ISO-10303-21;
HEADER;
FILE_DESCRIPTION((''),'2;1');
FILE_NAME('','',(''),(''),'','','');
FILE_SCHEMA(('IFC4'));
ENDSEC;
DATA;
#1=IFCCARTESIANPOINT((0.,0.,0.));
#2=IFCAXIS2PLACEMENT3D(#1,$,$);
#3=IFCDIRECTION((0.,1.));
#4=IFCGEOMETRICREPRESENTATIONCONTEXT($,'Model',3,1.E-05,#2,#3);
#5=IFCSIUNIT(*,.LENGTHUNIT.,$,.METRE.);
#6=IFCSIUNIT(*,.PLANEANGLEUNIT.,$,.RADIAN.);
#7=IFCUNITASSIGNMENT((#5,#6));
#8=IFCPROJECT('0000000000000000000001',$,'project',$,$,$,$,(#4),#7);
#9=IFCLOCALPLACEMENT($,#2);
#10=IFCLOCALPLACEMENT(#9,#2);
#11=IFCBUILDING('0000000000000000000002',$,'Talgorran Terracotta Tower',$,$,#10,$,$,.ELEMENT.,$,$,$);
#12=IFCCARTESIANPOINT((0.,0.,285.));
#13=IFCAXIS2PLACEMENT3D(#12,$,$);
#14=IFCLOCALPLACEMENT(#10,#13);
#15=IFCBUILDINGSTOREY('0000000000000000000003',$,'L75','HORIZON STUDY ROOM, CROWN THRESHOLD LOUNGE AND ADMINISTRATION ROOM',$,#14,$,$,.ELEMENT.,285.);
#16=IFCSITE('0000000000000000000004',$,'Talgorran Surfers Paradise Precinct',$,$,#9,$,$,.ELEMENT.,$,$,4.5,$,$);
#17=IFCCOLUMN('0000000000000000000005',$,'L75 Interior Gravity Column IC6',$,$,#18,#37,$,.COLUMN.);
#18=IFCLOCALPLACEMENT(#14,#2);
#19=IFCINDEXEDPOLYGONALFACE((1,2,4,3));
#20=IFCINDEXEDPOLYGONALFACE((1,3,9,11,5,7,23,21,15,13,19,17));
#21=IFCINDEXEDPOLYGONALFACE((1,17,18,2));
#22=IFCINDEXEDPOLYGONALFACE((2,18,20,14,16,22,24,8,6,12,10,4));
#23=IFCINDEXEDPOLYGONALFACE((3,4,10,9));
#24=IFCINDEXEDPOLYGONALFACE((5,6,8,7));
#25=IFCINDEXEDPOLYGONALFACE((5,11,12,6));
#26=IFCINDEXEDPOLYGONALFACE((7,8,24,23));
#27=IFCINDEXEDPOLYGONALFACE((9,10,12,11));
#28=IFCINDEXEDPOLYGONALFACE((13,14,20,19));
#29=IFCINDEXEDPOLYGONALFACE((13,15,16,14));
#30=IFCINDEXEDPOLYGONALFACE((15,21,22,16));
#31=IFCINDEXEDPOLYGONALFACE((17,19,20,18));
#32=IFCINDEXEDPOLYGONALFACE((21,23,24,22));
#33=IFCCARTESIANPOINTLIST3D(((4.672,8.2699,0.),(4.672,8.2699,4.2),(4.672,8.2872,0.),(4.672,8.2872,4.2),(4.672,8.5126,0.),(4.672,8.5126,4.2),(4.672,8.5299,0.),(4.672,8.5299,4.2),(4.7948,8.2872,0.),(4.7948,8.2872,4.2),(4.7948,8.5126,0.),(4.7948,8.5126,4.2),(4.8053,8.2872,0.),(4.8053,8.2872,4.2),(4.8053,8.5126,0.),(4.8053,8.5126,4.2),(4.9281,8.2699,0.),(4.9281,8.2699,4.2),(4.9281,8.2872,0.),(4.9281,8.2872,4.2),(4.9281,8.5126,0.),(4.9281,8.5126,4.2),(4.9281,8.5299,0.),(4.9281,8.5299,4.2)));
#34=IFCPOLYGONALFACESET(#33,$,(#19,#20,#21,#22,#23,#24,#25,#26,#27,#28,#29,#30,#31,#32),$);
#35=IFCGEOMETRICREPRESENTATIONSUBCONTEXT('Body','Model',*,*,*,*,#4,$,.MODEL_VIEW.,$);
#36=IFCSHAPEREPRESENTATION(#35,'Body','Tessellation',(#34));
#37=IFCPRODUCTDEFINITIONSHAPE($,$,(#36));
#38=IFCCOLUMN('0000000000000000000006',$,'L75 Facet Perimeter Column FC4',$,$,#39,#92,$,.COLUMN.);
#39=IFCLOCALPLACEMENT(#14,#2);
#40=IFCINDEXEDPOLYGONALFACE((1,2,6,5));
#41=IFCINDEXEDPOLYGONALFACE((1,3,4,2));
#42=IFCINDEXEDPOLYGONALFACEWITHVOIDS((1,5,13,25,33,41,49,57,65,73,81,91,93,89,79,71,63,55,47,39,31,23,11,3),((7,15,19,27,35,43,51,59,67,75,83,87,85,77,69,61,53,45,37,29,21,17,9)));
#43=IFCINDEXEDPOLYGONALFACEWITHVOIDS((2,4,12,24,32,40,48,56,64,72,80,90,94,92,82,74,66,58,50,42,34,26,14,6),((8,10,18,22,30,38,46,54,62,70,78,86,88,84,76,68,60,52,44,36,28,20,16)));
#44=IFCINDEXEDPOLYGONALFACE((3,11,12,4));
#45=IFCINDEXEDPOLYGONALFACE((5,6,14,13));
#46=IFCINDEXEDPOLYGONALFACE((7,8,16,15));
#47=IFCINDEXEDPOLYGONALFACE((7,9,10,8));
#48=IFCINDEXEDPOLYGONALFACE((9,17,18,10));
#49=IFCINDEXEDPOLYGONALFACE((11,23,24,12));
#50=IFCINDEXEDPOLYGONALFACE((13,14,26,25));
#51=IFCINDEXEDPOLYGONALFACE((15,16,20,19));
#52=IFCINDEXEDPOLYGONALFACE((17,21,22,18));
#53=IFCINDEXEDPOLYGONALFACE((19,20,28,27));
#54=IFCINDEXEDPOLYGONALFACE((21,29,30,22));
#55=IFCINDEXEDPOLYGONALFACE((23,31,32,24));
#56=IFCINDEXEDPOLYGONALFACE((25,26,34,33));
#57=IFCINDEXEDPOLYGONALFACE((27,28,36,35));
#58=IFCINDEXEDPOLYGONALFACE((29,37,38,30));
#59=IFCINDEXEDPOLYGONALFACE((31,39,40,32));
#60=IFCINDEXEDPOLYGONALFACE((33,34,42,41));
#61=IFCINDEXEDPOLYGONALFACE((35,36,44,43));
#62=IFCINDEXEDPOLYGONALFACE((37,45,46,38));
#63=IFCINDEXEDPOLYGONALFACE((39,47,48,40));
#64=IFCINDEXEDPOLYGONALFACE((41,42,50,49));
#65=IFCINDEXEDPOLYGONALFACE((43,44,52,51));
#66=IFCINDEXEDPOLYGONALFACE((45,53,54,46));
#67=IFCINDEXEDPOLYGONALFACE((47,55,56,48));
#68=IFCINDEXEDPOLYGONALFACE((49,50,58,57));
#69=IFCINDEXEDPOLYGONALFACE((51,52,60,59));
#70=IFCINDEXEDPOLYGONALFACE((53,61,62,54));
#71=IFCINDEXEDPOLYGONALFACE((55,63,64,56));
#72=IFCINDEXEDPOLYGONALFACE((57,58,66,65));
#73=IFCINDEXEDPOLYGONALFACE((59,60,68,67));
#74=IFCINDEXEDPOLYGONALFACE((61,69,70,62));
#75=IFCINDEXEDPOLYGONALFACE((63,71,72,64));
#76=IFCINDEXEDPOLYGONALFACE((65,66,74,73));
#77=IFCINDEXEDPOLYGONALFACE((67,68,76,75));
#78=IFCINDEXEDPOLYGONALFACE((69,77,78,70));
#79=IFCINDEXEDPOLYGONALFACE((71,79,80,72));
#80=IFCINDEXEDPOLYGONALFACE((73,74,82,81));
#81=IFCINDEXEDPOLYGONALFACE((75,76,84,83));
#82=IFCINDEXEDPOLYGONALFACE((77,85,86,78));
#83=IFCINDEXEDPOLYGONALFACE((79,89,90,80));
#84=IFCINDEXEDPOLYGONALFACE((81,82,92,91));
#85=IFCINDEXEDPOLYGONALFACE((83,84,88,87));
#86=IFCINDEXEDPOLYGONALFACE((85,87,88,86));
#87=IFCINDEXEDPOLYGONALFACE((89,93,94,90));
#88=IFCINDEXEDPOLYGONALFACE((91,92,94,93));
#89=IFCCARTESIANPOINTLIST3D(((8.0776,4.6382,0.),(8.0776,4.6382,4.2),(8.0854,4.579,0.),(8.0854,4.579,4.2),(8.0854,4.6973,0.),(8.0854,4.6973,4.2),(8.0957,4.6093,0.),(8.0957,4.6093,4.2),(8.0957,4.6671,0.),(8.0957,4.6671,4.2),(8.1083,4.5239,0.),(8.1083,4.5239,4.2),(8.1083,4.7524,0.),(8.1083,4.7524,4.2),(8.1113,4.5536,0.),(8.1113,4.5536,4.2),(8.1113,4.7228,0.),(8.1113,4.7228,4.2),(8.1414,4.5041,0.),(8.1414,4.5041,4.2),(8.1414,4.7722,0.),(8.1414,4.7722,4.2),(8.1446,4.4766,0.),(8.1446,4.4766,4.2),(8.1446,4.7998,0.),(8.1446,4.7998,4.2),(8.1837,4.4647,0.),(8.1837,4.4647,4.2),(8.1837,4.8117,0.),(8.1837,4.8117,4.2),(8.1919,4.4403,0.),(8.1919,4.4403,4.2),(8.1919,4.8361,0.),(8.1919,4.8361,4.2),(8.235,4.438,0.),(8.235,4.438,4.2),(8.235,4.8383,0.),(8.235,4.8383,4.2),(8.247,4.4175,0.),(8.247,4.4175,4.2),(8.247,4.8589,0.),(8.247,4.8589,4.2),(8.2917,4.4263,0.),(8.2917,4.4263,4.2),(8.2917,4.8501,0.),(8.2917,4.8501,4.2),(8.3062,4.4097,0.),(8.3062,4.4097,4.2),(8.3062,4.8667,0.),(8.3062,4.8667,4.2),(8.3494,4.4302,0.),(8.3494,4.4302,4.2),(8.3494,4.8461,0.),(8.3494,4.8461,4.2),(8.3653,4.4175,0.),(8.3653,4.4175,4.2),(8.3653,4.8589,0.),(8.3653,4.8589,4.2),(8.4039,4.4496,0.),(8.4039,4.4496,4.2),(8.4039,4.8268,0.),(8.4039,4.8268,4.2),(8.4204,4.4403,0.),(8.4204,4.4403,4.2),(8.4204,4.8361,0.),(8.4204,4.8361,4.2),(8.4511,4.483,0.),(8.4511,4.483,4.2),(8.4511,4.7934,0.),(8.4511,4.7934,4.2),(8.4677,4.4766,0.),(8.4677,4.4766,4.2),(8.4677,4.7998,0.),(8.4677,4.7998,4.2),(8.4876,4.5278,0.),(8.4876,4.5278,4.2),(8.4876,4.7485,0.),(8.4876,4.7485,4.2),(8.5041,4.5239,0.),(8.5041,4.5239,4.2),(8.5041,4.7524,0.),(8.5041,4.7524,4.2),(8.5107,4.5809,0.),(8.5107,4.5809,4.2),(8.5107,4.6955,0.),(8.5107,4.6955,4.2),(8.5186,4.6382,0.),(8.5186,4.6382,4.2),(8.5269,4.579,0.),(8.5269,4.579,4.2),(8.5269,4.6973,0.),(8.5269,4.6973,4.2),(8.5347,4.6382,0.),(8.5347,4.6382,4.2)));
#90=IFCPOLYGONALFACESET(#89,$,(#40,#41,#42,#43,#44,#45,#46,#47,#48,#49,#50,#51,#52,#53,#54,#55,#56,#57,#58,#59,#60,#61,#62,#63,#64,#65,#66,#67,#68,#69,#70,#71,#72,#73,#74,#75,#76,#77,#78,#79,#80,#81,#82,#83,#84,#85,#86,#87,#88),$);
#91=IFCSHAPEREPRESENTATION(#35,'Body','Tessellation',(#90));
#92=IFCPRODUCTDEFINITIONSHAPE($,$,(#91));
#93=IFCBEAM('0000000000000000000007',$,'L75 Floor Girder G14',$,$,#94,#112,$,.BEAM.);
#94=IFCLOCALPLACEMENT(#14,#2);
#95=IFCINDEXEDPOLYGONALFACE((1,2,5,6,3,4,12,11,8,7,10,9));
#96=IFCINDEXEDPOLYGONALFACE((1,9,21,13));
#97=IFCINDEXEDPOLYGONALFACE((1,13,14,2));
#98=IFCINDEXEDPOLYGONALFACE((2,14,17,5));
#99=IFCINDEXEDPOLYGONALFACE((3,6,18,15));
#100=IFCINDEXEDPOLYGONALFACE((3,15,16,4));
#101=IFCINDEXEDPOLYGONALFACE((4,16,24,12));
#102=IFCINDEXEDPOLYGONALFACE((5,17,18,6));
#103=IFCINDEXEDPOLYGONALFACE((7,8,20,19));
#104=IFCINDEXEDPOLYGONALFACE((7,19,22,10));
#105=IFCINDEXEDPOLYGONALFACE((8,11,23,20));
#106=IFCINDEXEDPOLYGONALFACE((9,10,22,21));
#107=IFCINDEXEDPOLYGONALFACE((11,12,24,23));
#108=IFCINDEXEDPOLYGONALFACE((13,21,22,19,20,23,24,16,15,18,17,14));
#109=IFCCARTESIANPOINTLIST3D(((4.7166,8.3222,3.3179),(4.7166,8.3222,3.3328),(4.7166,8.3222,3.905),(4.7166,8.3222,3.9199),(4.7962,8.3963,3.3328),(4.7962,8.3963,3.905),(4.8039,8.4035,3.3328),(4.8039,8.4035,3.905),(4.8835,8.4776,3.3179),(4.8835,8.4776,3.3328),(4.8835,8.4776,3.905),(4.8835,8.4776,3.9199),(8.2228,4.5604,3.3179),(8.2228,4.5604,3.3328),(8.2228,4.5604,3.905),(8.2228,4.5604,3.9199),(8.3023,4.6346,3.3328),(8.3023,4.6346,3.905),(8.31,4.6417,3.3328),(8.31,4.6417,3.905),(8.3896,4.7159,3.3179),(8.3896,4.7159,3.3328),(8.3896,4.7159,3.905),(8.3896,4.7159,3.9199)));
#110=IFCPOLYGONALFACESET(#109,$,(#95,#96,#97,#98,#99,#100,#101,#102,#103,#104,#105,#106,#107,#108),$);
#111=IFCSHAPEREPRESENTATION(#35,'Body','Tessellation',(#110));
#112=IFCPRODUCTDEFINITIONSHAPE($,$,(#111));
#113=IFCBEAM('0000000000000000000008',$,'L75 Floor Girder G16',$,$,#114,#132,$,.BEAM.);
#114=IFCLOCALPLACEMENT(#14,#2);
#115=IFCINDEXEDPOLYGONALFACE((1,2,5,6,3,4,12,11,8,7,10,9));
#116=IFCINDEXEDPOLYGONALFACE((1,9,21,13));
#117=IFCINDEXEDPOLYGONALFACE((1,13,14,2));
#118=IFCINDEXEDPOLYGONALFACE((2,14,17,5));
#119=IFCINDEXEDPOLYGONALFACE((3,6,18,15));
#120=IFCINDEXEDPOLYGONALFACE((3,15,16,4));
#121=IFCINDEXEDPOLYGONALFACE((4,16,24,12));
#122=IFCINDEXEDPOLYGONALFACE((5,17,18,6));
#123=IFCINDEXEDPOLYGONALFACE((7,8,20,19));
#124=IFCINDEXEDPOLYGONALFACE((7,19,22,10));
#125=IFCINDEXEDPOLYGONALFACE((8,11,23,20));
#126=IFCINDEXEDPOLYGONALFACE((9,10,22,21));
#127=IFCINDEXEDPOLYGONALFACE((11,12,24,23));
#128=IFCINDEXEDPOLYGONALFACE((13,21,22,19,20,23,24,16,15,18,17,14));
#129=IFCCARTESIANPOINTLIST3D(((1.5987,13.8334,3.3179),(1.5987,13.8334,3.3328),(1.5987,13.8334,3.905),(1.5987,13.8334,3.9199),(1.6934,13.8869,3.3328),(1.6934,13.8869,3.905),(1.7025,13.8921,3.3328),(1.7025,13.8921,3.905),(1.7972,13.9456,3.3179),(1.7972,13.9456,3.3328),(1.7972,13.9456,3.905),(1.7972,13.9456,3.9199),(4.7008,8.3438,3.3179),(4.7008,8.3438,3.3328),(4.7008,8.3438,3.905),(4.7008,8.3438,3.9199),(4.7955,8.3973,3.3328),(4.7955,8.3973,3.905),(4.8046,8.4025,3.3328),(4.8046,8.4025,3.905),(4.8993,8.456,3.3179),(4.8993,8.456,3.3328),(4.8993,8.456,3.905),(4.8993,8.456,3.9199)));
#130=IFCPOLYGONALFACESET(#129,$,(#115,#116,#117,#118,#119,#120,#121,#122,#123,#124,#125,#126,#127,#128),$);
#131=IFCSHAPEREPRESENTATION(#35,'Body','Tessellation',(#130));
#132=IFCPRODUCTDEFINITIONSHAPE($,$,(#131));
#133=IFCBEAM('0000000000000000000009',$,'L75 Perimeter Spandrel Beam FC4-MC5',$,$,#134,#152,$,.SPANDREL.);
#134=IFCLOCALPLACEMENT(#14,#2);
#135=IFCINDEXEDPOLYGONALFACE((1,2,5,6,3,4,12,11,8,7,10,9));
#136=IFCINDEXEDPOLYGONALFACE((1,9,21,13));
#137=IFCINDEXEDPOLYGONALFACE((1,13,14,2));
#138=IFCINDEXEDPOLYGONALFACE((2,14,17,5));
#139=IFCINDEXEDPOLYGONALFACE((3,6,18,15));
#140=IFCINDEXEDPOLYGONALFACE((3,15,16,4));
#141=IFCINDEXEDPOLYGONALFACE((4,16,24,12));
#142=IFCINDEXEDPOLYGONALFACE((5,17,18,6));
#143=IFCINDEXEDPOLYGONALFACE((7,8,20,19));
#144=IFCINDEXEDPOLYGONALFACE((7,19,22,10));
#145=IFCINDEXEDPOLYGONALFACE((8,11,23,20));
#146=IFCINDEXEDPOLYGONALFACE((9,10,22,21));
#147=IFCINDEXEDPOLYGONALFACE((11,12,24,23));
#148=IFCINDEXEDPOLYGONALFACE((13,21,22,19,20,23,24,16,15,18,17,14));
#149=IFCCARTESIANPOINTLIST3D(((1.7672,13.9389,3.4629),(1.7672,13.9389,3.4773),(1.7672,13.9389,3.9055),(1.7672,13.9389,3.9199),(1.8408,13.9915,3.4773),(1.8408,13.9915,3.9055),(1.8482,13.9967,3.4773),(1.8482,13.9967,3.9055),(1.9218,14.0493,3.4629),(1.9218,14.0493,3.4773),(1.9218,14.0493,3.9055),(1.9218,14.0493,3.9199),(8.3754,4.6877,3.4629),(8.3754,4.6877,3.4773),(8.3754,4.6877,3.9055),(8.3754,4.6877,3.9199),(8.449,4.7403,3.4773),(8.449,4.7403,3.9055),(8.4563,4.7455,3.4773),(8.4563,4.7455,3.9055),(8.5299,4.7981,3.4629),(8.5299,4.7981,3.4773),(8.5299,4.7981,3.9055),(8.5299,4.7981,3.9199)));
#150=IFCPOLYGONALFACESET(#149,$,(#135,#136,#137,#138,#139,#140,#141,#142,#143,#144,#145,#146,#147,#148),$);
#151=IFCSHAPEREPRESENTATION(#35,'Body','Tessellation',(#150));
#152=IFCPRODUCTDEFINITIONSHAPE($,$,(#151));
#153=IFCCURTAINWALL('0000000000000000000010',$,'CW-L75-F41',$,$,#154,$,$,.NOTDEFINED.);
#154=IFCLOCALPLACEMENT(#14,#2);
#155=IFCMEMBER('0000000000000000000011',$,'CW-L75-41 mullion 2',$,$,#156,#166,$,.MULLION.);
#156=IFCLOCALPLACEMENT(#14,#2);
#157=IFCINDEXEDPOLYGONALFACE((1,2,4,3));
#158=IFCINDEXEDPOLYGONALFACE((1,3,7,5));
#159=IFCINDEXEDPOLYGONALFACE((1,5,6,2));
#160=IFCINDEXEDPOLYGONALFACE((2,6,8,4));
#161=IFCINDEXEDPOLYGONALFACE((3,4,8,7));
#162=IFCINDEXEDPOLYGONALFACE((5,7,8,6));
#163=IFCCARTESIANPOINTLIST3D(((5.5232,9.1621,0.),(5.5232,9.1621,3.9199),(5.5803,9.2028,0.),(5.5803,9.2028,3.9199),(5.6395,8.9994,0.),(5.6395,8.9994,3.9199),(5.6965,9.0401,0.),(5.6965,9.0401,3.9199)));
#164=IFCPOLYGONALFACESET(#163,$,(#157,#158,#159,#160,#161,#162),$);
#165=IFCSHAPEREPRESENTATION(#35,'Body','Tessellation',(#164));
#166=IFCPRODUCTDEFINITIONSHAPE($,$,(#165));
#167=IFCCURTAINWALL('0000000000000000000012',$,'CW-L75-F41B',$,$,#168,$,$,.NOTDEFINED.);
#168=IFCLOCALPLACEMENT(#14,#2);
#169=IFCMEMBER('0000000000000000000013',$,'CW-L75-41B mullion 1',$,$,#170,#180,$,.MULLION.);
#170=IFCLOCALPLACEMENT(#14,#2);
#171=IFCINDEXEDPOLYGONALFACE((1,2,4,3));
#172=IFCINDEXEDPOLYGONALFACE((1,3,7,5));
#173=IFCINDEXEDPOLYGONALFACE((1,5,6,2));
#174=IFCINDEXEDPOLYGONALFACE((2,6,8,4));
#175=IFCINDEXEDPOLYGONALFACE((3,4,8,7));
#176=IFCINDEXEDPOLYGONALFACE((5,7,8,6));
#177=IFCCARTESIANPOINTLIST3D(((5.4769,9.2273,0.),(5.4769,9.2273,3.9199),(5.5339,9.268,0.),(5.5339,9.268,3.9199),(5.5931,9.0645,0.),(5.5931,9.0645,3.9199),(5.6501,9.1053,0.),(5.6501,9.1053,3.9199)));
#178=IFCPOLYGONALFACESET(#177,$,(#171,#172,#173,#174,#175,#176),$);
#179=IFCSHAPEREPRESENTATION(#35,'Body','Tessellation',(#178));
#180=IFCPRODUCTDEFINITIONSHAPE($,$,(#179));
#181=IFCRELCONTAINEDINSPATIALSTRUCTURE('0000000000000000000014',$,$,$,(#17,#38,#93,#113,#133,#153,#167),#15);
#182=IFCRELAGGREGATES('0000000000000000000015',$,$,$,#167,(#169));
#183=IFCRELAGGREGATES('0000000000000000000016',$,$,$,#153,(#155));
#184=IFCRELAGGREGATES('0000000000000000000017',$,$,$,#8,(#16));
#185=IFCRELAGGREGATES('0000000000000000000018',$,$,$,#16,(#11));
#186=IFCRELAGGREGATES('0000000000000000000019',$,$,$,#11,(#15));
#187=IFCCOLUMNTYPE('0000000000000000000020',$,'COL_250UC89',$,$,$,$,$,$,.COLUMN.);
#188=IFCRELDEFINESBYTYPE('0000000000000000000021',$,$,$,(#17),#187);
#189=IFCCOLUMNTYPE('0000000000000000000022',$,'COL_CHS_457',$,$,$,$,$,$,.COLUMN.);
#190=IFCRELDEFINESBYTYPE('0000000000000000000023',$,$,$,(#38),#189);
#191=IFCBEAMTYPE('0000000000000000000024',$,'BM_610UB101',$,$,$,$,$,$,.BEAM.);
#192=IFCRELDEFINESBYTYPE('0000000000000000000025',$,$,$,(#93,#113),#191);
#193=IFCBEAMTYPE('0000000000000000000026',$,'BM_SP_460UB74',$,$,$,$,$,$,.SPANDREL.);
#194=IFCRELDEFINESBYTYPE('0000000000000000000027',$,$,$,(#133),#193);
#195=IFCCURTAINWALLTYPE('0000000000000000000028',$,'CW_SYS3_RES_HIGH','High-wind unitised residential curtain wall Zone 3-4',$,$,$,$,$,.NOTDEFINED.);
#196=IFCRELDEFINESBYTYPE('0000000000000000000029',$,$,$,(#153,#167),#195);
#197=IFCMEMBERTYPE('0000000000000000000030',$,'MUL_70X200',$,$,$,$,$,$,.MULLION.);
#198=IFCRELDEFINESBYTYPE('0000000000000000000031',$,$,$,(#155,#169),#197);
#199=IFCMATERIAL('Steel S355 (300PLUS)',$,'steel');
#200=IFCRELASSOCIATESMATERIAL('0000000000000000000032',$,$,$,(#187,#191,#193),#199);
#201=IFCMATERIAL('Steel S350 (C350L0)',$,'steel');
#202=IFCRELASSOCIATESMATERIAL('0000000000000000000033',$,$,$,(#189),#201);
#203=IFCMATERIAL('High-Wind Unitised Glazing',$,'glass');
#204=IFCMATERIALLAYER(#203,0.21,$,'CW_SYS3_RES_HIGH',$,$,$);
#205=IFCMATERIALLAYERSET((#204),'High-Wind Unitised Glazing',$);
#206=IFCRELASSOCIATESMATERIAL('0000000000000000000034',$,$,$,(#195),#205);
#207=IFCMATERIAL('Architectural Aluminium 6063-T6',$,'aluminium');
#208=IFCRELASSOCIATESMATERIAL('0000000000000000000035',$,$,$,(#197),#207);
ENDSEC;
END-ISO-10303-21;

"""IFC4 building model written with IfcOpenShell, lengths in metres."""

from ifc_helpers import new_model, si_unit, direction, frame, origin, origin_2d, place, context, subcontext, project, spatial, rectangle, hollow_circle, i_section, extrude, material, layer, layer_set, material_profile, profile_set, type_object, element, aggregate, save


model = new_model("IFC4")

# Units and contexts
model_context = context("Model", 3, precision=1e-05, world=origin(), true_north=direction((0.0, 1.0)))
body_context = subcontext(model_context, "Body", "Model", "MODEL_VIEW")
ifc_project = project(units=[si_unit("LENGTHUNIT", "METRE"), si_unit("PLANEANGLEUNIT", "RADIAN")], contexts=[model_context])

# Site, building, storey
site_placement = place(None, origin())
site = spatial("IfcSite", under=ifc_project, at=site_placement, Name="Talgorran Surfers Paradise Precinct", CompositionType="ELEMENT", RefElevation=4.5)
building_placement = place(site_placement, origin())
building = spatial("IfcBuilding", under=site, at=building_placement, Name="Talgorran Terracotta Tower", CompositionType="ELEMENT")
storey_placement = place(building_placement, frame((0.0, 0.0, 285.0)))
storey = spatial("IfcBuildingStorey", under=building, at=storey_placement, Name="L75", Description="HORIZON STUDY ROOM, CROWN THRESHOLD LOUNGE AND ADMINISTRATION ROOM", CompositionType="ELEMENT", Elevation=285.0)

# Columns
ifc_material_1 = material(Name="Steel S355 (300PLUS)", Category="steel")
ifc_material_profile_1 = material_profile(ifc_material_1, i_section(OverallWidth=0.2561, OverallDepth=0.26, WebThickness=0.0105, FlangeThickness=0.0173, at=origin_2d()), Name="250UC89.5")
ifc_profile_set_1 = profile_set([ifc_material_profile_1], Name="Steel S355 (300PLUS)")
column_type_1 = type_object("IfcColumnType", Name="COL_250UC89", PredefinedType="COLUMN", material=ifc_profile_set_1)
column_1_placement = place(storey_placement, frame((4.8, 8.3999, 0.0), z_axis=(0.0, 0.0, 1.0), x_axis=(1.0, 0.0, 0.0)))
element("IfcColumn", 1, at=column_1_placement, inside=storey, type_object=column_type_1, Name="L75 Interior Gravity Column IC6", PredefinedType="COLUMN", context=body_context, shape_type="SweptSolid", body=[
    extrude(i_section(OverallWidth=0.2561, OverallDepth=0.26, WebThickness=0.0105, FlangeThickness=0.0173, at=origin_2d()), origin(), (0.0, 0.0, 1.0), 4.2),
])
ifc_material_2 = material(Name="Steel S350 (C350L0)", Category="steel")
ifc_material_profile_2 = material_profile(ifc_material_2, hollow_circle(Radius=0.2285, WallThickness=0.0161, at=origin_2d()), Name="CHS457X16")
ifc_profile_set_2 = profile_set([ifc_material_profile_2], Name="Steel S350 (C350L0)")
column_type_2 = type_object("IfcColumnType", Name="COL_CHS_457", PredefinedType="COLUMN", material=ifc_profile_set_2)
column_2_placement = place(storey_placement, frame((8.3062, 4.6382, 0.0), z_axis=(0.0, 0.0, 1.0), x_axis=(1.0, 0.0, 0.0)))
element("IfcColumn", 2, at=column_2_placement, inside=storey, type_object=column_type_2, Name="L75 Facet Perimeter Column FC4", PredefinedType="COLUMN", context=body_context, shape_type="SweptSolid", body=[
    extrude(hollow_circle(Radius=0.2285, WallThickness=0.0161, at=origin_2d()), origin(), (0.0, 0.0, 1.0), 4.2),
])

# Beams
ifc_material_profile_3 = material_profile(ifc_material_1, i_section(OverallWidth=0.228, OverallDepth=0.6021, WebThickness=0.0105, FlangeThickness=0.0149, at=origin_2d()), Name="610UB101")
ifc_profile_set_3 = profile_set([ifc_material_profile_3], Name="Steel S355 (300PLUS)")
beam_type_1 = type_object("IfcBeamType", Name="BM_610UB101", PredefinedType="BEAM", material=ifc_profile_set_3)
beam_1_placement = place(storey_placement, frame((4.8, 8.3999, 3.6189), z_axis=(0.681816, -0.731524, 0.0), x_axis=(0.731524, 0.681816, 0.0)))
element("IfcBeam", 3, at=beam_1_placement, inside=storey, type_object=beam_type_1, Name="L75 Floor Girder G14", PredefinedType="BEAM", context=body_context, shape_type="SweptSolid", body=[
    extrude(i_section(OverallWidth=0.228, OverallDepth=0.6021, WebThickness=0.0105, FlangeThickness=0.0149, at=origin_2d()), origin(), (0.0, 0.0, 1.0), 5.1423),
])
beam_2_placement = place(storey_placement, frame((4.8, 8.3999, 3.6189), z_axis=(-0.491972, 0.870611, 0.0), x_axis=(-0.870611, -0.491972, 0.0)))
element("IfcBeam", 4, at=beam_2_placement, inside=storey, type_object=beam_type_1, Name="L75 Floor Girder G16", PredefinedType="BEAM", context=body_context, shape_type="SweptSolid", body=[
    extrude(i_section(OverallWidth=0.228, OverallDepth=0.6021, WebThickness=0.0105, FlangeThickness=0.0149, at=origin_2d()), origin(), (0.0, 0.0, 1.0), 6.3054),
])
ifc_material_profile_4 = material_profile(ifc_material_1, i_section(OverallWidth=0.1899, OverallDepth=0.457, WebThickness=0.009, FlangeThickness=0.0144, at=origin_2d()), Name="460UB74.6")
ifc_profile_set_4 = profile_set([ifc_material_profile_4], Name="Steel S355 (300PLUS)")
beam_type_2 = type_object("IfcBeamType", Name="BM_SP_460UB74", PredefinedType="SPANDREL", material=ifc_profile_set_4)
beam_3_placement = place(storey_placement, frame((8.4526, 4.7429, 3.6914), z_axis=(-0.581246, 0.813728, 0.0), x_axis=(-0.813728, -0.581246, 0.0)))
element("IfcBeam", 5, at=beam_3_placement, inside=storey, type_object=beam_type_2, Name="L75 Perimeter Spandrel Beam FC4-MC5", PredefinedType="SPANDREL", context=body_context, shape_type="SweptSolid", body=[
    extrude(i_section(OverallWidth=0.1899, OverallDepth=0.457, WebThickness=0.009, FlangeThickness=0.0144, at=origin_2d()), origin(), (0.0, 0.0, 1.0), 11.3689),
])

# Curtain wall, member
ifc_material_3 = material(Name="High-Wind Unitised Glazing", Category="glass")
ifc_layer_1 = layer(ifc_material_3, 0.21, Name="CW_SYS3_RES_HIGH")
ifc_layer_set_1 = layer_set([ifc_layer_1], Name="High-Wind Unitised Glazing")
curtain_wall_type = type_object("IfcCurtainWallType", Name="CW_SYS3_RES_HIGH", Description="High-wind unitised residential curtain wall Zone 3-4", PredefinedType="NOTDEFINED", material=ifc_layer_set_1)
curtain_wall_1_placement = place(storey_placement, origin())
curtain_wall_1 = element("IfcCurtainWall", 6, at=curtain_wall_1_placement, inside=storey, type_object=curtain_wall_type, Name="CW-L75-F41", PredefinedType="NOTDEFINED")
ifc_material_4 = material(Name="Architectural Aluminium 6063-T6", Category="aluminium")
ifc_material_profile_5 = material_profile(ifc_material_4, rectangle(XDim=0.0701, YDim=0.2, at=origin_2d()), Name="CWM70X200")
ifc_profile_set_5 = profile_set([ifc_material_profile_5], Name="Architectural Aluminium 6063-T6")
member_type_1 = type_object("IfcMemberType", Name="MUL_70X200", PredefinedType="MULLION", material=ifc_profile_set_5)
member_1_placement = place(storey_placement, frame((5.6099, 9.1011, 0.0), z_axis=(0.0, 0.0, 1.0), x_axis=(-0.813726, -0.581249, 0.0)))
member_1 = element("IfcMember", 7, at=member_1_placement, type_object=member_type_1, Name="CW-L75-41 mullion 2", PredefinedType="MULLION", context=body_context, shape_type="SweptSolid", body=[
    extrude(rectangle(XDim=0.0701, YDim=0.2, at=origin_2d()), origin(), (0.0, 0.0, 1.0), 3.9199),
])

# Curtain wall, member
curtain_wall_2_placement = place(storey_placement, origin())
curtain_wall_2 = element("IfcCurtainWall", 8, at=curtain_wall_2_placement, inside=storey, type_object=curtain_wall_type, Name="CW-L75-F41B", PredefinedType="NOTDEFINED")
member_2_placement = place(storey_placement, frame((5.5635, 9.1663, 0.0), z_axis=(0.0, 0.0, 1.0), x_axis=(-0.813736, -0.581235, 0.0)))
member_2 = element("IfcMember", 9, at=member_2_placement, type_object=member_type_1, Name="CW-L75-41B mullion 1", PredefinedType="MULLION", context=body_context, shape_type="SweptSolid", body=[
    extrude(rectangle(XDim=0.0701, YDim=0.2, at=origin_2d()), origin(), (0.0, 0.0, 1.0), 3.9199),
])
aggregate(curtain_wall_2, [member_2])

aggregate(curtain_wall_1, [member_1])

save(model, "model.ifc")
